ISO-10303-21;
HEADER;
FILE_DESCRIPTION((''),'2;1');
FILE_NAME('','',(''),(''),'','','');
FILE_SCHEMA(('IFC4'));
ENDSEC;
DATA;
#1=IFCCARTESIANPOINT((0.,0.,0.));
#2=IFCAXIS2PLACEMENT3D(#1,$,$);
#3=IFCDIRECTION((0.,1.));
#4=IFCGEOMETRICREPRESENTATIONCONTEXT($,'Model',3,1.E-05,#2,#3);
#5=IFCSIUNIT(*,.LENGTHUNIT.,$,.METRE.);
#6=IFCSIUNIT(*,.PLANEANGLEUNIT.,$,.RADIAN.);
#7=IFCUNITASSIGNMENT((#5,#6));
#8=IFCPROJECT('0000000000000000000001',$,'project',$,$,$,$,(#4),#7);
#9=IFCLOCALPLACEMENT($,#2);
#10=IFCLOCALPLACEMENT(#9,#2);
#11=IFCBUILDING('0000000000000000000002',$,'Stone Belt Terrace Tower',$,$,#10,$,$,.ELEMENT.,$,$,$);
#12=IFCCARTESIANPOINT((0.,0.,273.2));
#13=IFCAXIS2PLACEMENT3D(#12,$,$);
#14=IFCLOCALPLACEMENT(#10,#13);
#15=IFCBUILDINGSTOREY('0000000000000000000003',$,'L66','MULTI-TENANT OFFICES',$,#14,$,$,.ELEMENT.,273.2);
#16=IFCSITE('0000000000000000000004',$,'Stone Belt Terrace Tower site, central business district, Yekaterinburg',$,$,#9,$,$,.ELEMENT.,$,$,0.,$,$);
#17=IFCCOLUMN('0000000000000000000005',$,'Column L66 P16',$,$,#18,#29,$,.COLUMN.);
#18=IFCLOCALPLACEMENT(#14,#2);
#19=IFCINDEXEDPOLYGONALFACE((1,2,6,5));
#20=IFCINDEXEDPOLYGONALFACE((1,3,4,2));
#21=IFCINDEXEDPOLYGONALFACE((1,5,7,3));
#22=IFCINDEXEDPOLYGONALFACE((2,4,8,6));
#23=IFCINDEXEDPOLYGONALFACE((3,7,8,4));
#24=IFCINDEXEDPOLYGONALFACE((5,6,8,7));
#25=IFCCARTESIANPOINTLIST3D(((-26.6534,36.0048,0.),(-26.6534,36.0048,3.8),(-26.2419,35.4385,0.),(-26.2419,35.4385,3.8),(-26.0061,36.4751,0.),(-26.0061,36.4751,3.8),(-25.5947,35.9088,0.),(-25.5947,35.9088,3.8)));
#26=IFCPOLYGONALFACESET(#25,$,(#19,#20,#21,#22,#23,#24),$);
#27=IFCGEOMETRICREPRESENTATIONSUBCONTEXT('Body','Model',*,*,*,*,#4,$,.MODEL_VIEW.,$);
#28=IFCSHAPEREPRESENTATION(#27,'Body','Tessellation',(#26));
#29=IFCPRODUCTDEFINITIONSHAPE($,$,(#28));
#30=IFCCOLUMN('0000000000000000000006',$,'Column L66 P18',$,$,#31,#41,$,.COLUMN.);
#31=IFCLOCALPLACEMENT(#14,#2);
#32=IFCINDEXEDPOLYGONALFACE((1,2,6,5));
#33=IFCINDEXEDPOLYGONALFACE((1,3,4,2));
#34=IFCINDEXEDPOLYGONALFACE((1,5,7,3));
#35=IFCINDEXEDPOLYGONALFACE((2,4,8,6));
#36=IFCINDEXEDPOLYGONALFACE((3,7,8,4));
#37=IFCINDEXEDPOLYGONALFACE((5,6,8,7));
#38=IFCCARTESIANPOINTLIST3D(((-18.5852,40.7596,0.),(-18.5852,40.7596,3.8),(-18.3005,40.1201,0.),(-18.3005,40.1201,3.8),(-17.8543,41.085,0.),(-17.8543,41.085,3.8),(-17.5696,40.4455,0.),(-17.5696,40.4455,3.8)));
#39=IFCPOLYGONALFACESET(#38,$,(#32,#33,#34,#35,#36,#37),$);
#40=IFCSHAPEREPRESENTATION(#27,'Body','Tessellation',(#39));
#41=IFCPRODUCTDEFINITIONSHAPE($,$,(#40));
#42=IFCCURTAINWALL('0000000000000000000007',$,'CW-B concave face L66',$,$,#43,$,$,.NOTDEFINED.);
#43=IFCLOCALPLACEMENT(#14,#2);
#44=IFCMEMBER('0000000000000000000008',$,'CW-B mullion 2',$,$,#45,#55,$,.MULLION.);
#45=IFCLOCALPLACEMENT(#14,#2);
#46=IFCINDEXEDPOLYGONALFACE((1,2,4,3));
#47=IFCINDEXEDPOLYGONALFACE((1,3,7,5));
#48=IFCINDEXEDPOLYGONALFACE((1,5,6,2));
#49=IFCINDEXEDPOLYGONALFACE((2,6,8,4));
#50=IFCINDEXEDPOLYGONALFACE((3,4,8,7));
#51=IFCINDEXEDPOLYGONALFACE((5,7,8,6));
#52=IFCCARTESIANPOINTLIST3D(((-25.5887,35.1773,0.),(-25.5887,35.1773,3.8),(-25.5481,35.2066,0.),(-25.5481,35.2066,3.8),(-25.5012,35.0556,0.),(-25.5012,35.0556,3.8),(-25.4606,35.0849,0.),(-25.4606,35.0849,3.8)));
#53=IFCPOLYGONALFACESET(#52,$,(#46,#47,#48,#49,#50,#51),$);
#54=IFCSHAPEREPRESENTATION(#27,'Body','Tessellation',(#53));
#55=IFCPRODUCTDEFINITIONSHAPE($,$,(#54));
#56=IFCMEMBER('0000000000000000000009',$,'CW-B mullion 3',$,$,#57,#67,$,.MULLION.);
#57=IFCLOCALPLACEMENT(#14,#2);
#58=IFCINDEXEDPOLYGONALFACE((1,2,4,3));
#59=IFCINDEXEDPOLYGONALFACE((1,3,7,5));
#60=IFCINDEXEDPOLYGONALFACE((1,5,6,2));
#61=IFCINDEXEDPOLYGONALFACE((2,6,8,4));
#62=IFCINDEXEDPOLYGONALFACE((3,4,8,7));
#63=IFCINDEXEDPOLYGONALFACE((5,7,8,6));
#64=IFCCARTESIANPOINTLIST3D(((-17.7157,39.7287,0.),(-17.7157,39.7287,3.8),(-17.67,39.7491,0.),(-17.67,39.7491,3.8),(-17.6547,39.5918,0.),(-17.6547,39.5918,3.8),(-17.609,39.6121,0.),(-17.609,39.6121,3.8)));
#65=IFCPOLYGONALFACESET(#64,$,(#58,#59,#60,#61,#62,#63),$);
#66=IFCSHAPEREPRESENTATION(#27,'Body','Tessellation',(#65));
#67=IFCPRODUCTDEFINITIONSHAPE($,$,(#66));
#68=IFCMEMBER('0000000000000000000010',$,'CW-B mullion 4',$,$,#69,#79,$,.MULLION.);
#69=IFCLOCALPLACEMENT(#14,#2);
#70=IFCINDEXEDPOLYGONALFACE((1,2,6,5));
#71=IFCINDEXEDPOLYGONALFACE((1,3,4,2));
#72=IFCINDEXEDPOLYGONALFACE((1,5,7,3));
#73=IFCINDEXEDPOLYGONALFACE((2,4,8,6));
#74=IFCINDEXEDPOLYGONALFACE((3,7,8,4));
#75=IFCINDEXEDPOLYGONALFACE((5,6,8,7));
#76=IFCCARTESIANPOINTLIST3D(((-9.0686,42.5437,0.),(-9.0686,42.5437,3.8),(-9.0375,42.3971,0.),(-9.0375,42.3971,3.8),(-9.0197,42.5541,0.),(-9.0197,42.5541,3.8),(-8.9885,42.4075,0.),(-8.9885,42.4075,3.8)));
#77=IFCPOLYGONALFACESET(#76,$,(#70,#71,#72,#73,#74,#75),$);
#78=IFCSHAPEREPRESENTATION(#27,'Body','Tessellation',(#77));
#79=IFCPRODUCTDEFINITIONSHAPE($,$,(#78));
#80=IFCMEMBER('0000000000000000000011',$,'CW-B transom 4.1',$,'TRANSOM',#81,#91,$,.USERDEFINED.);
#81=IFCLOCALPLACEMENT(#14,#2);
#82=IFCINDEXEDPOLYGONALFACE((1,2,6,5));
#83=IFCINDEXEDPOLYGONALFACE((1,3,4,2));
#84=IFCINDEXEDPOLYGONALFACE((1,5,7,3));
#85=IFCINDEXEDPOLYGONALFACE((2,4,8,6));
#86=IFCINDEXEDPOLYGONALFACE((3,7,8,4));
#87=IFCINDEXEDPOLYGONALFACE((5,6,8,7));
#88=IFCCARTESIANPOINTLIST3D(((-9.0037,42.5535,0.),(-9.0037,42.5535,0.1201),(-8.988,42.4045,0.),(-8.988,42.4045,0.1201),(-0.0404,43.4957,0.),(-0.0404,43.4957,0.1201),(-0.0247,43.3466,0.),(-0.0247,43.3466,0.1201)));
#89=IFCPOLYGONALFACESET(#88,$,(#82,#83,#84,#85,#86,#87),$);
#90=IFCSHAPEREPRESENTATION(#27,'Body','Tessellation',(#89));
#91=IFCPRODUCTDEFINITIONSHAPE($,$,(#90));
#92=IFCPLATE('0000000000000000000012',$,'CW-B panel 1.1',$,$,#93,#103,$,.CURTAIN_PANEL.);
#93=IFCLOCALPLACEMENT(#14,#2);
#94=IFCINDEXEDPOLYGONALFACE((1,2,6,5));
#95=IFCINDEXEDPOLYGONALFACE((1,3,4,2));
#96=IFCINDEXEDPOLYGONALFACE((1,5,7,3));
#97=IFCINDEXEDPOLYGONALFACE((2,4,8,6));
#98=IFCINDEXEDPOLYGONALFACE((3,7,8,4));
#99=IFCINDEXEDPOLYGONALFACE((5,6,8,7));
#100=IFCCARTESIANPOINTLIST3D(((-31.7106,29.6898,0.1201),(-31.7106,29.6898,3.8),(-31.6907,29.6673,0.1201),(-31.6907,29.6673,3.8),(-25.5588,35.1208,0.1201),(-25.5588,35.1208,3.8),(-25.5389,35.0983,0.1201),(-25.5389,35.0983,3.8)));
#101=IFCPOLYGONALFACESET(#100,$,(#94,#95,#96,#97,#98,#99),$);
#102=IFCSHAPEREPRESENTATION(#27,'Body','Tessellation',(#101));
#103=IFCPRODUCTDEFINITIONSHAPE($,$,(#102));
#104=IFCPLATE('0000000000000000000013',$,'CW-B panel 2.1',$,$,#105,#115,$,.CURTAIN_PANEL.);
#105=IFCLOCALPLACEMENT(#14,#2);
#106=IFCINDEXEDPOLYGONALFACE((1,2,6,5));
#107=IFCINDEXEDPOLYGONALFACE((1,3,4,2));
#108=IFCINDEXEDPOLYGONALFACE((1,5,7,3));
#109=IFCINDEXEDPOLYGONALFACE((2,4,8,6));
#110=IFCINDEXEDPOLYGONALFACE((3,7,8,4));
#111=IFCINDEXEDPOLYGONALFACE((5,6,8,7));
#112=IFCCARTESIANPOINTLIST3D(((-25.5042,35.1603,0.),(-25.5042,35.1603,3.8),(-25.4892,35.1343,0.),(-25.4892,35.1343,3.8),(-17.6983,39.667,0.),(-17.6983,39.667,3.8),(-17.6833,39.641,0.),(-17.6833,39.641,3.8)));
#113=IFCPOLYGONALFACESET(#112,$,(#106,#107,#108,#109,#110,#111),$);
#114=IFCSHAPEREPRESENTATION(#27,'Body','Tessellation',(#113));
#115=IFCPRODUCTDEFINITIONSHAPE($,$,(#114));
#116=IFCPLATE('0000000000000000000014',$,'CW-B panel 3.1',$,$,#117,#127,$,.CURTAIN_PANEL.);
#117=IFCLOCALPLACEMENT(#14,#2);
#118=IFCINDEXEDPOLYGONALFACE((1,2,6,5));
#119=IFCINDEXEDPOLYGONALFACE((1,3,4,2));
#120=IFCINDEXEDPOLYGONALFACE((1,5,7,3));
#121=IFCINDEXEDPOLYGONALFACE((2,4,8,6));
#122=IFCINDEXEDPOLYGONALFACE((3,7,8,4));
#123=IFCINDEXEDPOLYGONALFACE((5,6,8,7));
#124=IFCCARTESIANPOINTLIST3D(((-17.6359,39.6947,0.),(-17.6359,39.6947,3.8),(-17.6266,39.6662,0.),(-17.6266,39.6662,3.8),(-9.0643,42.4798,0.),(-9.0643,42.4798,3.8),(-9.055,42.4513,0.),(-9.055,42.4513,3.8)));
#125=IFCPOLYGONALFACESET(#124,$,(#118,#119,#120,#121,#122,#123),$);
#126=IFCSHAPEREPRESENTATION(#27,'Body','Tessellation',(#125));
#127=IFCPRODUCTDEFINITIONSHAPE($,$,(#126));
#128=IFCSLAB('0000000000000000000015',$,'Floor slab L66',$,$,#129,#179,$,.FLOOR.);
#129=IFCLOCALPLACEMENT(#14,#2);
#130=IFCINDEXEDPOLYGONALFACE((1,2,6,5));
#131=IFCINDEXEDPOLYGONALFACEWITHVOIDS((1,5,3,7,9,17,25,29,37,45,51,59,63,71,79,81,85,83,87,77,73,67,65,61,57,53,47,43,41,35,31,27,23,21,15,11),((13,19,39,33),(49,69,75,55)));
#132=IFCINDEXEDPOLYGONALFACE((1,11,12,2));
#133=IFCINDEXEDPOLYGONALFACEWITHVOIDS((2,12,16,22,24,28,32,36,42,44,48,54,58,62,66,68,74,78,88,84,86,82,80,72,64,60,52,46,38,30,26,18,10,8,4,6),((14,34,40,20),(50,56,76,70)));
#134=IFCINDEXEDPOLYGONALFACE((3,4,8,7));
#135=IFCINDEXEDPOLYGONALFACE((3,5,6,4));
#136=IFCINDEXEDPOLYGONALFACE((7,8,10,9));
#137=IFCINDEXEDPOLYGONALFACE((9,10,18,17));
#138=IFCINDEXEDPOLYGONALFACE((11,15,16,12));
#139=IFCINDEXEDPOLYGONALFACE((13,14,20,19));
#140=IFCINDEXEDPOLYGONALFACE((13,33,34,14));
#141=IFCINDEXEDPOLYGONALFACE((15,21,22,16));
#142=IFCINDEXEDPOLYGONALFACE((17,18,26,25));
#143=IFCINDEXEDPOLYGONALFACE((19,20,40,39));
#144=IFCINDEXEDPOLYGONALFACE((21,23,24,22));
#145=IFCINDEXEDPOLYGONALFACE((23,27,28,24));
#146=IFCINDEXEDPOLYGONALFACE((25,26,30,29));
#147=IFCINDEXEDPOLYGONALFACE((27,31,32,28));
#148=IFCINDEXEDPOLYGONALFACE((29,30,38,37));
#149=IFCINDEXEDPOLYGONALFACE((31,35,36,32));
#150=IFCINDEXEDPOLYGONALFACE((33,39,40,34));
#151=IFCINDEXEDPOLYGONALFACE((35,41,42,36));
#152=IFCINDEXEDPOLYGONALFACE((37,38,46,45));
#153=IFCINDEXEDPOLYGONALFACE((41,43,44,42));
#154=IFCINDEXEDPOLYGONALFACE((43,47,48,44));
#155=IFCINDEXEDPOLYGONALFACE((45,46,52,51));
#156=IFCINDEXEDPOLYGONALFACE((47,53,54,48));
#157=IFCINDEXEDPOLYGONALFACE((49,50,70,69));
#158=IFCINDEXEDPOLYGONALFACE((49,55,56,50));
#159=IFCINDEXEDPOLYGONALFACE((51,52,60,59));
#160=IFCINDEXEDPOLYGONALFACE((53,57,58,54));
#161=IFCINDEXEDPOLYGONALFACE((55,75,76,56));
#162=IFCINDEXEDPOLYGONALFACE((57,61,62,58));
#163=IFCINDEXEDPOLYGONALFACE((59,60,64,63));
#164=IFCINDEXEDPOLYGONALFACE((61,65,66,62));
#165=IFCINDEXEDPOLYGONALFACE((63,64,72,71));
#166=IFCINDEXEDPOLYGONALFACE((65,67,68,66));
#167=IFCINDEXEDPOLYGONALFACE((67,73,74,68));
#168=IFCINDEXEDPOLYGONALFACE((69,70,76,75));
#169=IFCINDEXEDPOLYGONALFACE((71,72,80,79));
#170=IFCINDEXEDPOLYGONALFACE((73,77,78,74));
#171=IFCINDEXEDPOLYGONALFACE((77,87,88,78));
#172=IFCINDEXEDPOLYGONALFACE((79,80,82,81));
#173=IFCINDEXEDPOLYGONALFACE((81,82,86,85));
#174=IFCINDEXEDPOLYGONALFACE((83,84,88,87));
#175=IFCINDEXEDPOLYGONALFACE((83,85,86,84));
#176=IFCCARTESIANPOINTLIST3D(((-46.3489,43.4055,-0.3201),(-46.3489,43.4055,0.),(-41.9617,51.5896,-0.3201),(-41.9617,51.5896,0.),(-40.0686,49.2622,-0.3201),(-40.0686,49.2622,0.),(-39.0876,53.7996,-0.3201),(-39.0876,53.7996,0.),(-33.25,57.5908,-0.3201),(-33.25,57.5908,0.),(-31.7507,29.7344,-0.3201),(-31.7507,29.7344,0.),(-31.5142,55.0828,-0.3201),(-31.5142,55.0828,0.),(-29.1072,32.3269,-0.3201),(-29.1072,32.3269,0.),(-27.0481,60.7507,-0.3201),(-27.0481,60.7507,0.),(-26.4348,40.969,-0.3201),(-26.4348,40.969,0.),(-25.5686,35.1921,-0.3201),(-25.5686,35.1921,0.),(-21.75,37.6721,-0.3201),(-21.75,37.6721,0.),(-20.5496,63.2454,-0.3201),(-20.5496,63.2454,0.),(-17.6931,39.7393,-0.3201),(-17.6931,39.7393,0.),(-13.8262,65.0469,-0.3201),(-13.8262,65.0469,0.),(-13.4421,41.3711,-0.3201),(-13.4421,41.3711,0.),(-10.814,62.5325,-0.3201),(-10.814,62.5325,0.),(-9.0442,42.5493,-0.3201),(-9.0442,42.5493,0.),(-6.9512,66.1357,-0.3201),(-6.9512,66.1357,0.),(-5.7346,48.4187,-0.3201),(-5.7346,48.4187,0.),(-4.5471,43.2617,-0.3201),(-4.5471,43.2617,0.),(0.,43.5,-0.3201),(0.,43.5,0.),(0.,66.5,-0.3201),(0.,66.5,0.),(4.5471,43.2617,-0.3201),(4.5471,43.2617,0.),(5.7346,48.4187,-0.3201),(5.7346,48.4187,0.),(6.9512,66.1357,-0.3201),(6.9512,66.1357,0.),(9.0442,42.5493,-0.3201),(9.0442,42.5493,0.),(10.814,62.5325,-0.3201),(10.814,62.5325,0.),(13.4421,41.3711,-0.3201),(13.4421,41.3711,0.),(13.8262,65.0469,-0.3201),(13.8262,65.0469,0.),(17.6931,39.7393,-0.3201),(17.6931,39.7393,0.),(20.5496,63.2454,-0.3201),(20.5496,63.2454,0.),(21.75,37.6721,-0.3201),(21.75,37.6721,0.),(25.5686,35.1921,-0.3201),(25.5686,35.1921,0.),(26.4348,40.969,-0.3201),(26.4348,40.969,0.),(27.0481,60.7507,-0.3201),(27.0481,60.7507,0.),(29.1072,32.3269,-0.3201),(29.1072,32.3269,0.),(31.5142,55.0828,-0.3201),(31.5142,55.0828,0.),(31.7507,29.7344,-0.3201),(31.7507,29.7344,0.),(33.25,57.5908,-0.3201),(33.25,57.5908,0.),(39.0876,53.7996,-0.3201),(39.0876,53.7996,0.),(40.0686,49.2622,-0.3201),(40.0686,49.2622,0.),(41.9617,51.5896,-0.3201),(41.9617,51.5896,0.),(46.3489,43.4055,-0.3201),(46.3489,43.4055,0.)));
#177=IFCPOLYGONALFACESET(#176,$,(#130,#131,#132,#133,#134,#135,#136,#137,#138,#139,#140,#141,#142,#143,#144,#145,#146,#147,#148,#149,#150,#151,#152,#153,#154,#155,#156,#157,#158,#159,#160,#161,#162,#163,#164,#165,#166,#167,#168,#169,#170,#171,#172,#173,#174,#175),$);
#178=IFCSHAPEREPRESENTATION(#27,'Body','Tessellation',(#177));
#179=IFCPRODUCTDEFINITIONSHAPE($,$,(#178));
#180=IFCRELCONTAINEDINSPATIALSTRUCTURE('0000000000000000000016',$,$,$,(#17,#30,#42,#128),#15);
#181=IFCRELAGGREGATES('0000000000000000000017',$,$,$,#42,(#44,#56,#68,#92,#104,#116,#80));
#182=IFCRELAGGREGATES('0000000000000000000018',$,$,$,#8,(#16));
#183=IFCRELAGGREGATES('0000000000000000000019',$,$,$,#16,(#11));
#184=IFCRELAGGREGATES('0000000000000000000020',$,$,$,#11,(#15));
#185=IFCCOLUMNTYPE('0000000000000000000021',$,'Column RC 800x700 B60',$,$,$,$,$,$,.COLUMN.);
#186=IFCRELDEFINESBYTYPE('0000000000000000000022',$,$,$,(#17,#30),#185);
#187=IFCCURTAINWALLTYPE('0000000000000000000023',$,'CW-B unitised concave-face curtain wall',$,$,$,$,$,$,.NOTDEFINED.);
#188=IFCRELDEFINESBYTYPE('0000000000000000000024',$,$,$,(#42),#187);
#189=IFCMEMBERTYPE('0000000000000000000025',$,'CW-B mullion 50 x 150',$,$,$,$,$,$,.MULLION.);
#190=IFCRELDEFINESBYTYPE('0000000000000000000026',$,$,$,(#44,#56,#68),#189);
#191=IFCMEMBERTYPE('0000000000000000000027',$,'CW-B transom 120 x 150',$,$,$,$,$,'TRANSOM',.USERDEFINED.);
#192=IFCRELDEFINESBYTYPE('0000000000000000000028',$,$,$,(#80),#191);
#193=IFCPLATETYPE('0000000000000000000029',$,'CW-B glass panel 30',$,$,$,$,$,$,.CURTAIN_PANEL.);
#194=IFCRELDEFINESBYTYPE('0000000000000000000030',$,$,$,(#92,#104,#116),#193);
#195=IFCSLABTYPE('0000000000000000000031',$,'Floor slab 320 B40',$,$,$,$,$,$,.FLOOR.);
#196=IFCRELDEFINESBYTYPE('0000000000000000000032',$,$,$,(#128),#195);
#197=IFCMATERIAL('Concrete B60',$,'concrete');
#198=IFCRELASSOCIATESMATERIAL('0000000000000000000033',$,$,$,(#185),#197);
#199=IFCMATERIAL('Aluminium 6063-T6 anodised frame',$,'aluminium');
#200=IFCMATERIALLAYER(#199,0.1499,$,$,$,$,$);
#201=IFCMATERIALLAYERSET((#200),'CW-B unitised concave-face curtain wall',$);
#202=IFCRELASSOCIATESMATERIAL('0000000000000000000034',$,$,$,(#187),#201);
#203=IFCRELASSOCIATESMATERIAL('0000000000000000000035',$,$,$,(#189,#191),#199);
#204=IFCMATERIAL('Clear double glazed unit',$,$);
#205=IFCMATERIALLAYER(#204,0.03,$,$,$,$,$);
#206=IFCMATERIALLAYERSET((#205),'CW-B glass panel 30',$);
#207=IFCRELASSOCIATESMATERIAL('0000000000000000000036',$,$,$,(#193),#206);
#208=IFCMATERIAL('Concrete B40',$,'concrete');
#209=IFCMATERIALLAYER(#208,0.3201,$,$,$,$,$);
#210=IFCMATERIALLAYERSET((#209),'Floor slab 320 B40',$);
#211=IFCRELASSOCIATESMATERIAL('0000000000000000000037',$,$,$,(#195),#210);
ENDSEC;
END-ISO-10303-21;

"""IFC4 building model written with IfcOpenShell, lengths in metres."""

from ifc_helpers import new_model, si_unit, direction, frame, origin, origin_2d, place, context, subcontext, project, spatial, polyline, rectangle, outline, extrude, material, layer, layer_set, material_profile, profile_set, type_object, element, aggregate, save


model = new_model("IFC4")

# Units and contexts
model_context = context("Model", 3, precision=1e-05, world=origin(), true_north=direction((0.0, 1.0)))
body_context = subcontext(model_context, "Body", "Model", "MODEL_VIEW")
ifc_project = project(units=[si_unit("LENGTHUNIT", "METRE"), si_unit("PLANEANGLEUNIT", "RADIAN")], contexts=[model_context])

# Site, building, storey
site_placement = place(None, origin())
site = spatial("IfcSite", under=ifc_project, at=site_placement, Name="Stone Belt Terrace Tower site, central business district, Yekaterinburg", CompositionType="ELEMENT", RefElevation=0.0)
building_placement = place(site_placement, origin())
building = spatial("IfcBuilding", under=site, at=building_placement, Name="Stone Belt Terrace Tower", CompositionType="ELEMENT")
storey_placement = place(building_placement, frame((0.0, 0.0, 273.2)))
storey = spatial("IfcBuildingStorey", under=building, at=storey_placement, Name="L66", Description="MULTI-TENANT OFFICES", CompositionType="ELEMENT", Elevation=273.2)

# Columns
ifc_material_1 = material(Name="Concrete B60", Category="concrete")
ifc_material_profile_1 = material_profile(ifc_material_1, rectangle(XDim=0.8, YDim=0.7, at=origin_2d()), Name="RC 800x700")
ifc_profile_set_1 = profile_set([ifc_material_profile_1], Name="Concrete B60")
column_type = type_object("IfcColumnType", Name="Column RC 800x700 B60", PredefinedType="COLUMN", material=ifc_profile_set_1)
for number, where, z_axis, x_axis, name in (
    (1, (-26.124, 35.9568, 0.0), (0.0, 0.0, 1.0), (0.809017, 0.587785, 0.0), "Column L66 P16"),
    (2, (-18.0774, 40.6025, 0.0), (0.0, 0.0, 1.0), (0.913545, 0.406737, 0.0), "Column L66 P18"),
):
    element("IfcColumn", number, at=place(storey_placement, frame(where, z_axis=z_axis, x_axis=x_axis)), inside=storey, type_object=column_type, Name=name, PredefinedType="COLUMN", context=body_context, shape_type="SweptSolid", body=[
        extrude(rectangle(XDim=0.8, YDim=0.7, at=origin_2d()), origin(), (0.0, 0.0, 1.0), 3.8),
    ])

# Curtain wall, members, plates
ifc_material_2 = material(Name="Aluminium 6063-T6 anodised frame", Category="aluminium")
ifc_layer_1 = layer(ifc_material_2, 0.1499)
ifc_layer_set_1 = layer_set([ifc_layer_1], Name="CW-B unitised concave-face curtain wall")
curtain_wall_type = type_object("IfcCurtainWallType", Name="CW-B unitised concave-face curtain wall", PredefinedType="NOTDEFINED", material=ifc_layer_set_1)
curtain_wall_placement = place(storey_placement, origin())
curtain_wall = element("IfcCurtainWall", 3, at=curtain_wall_placement, inside=storey, type_object=curtain_wall_type, Name="CW-B concave face L66", PredefinedType="NOTDEFINED")
ifc_material_profile_2 = material_profile(ifc_material_2, rectangle(XDim=0.1499, YDim=0.05, at=origin_2d()), Name="Aluminium 6063-T6 50x150")
ifc_profile_set_2 = profile_set([ifc_material_profile_2], Name="Aluminium 6063-T6 anodised frame")
member_type_1 = type_object("IfcMemberType", Name="CW-B mullion 50 x 150", PredefinedType="MULLION", material=ifc_profile_set_2)
member_1_placement = place(storey_placement, frame((-25.5247, 35.1311, 0.0), z_axis=(0.0, 0.0, 1.0), x_axis=(-0.583819, 0.811884, 0.0)))
member_1 = element("IfcMember", 4, at=member_1_placement, type_object=member_type_1, Name="CW-B mullion 2", PredefinedType="MULLION", context=body_context, shape_type="SweptSolid", body=[
    extrude(rectangle(XDim=0.1499, YDim=0.05, at=origin_2d()), origin(), (0.0, 0.0, 1.0), 3.8),
])
member_2_placement = place(storey_placement, frame((-17.6624, 39.6704, 0.0), z_axis=(0.0, 0.0, 1.0), x_axis=(-0.406737, 0.913545, 0.0)))
member_2 = element("IfcMember", 5, at=member_2_placement, type_object=member_type_1, Name="CW-B mullion 3", PredefinedType="MULLION", context=body_context, shape_type="SweptSolid", body=[
    extrude(rectangle(XDim=0.1499, YDim=0.05, at=origin_2d()), origin(), (0.0, 0.0, 1.0), 3.8),
])
member_3_placement = place(storey_placement, frame((-9.0286, 42.4756, 0.0), z_axis=(0.0, 0.0, 1.0), x_axis=(-0.207912, 0.978148, 0.0)))
member_3 = element("IfcMember", 6, at=member_3_placement, type_object=member_type_1, Name="CW-B mullion 4", PredefinedType="MULLION", context=body_context, shape_type="SweptSolid", body=[
    extrude(rectangle(XDim=0.1499, YDim=0.05, at=origin_2d()), origin(), (0.0, 0.0, 1.0), 3.8),
])
ifc_material_profile_3 = material_profile(ifc_material_2, rectangle(XDim=0.1499, YDim=0.1201, at=origin_2d()), Name="Aluminium 6063-T6 150x120")
ifc_profile_set_3 = profile_set([ifc_material_profile_3], Name="Aluminium 6063-T6 anodised frame")
member_type_2 = type_object("IfcMemberType", Name="CW-B transom 120 x 150", ElementType="TRANSOM", PredefinedType="USERDEFINED", material=ifc_profile_set_3)
member_4_placement = place(storey_placement, frame((-8.9958, 42.479, 0.0601), z_axis=(0.994521, 0.104534, 0.0), x_axis=(-0.104534, 0.994521, 0.0)))
member_4 = element("IfcMember", 7, at=member_4_placement, type_object=member_type_2, Name="CW-B transom 4.1", ObjectType="TRANSOM", PredefinedType="USERDEFINED", context=body_context, shape_type="SweptSolid", body=[
    extrude(rectangle(XDim=0.1499, YDim=0.1201, at=origin_2d()), origin(), (0.0, 0.0, 1.0), 9.0127),
])
ifc_material_3 = material(Name="Clear double glazed unit")
ifc_layer_2 = layer(ifc_material_3, 0.03)
ifc_layer_set_2 = layer_set([ifc_layer_2], Name="CW-B glass panel 30")
plate_type = type_object("IfcPlateType", Name="CW-B glass panel 30", PredefinedType="CURTAIN_PANEL", material=ifc_layer_set_2)
plate_1_placement = place(storey_placement, frame((-28.6248, 32.394, 0.1201), z_axis=(0.0, 0.0, 1.0), x_axis=(0.749659, 0.661825, 0.0)))
plate_1 = element("IfcPlate", 8, at=plate_1_placement, type_object=plate_type, Name="CW-B panel 1.1", PredefinedType="CURTAIN_PANEL", context=body_context, shape_type="SweptSolid", body=[
    extrude(rectangle(XDim=8.2061, YDim=0.03, at=origin_2d()), origin(), (0.0, 0.0, 1.0), 3.6799),
])
plate_2_placement = place(storey_placement, frame((-21.5938, 37.4006, 0.0), z_axis=(0.0, 0.0, 1.0), x_axis=(0.866025, 0.5, 0.0)))
plate_2 = element("IfcPlate", 9, at=plate_2_placement, type_object=plate_type, Name="CW-B panel 2.1", PredefinedType="CURTAIN_PANEL", context=body_context, shape_type="SweptSolid", body=[
    extrude(rectangle(XDim=9.0134, YDim=0.03, at=origin_2d()), origin(), (0.0, 0.0, 1.0), 3.8),
])
plate_3_placement = place(storey_placement, frame((-13.3455, 41.073, 0.0), z_axis=(0.0, 0.0, 1.0), x_axis=(0.951057, 0.309017, 0.0)))
plate_3 = element("IfcPlate", 10, at=plate_3_placement, type_object=plate_type, Name="CW-B panel 3.1", PredefinedType="CURTAIN_PANEL", context=body_context, shape_type="SweptSolid", body=[
    extrude(rectangle(XDim=9.0127, YDim=0.03, at=origin_2d()), origin(), (0.0, 0.0, 1.0), 3.8),
])
aggregate(curtain_wall, [member_1, member_2, member_3, plate_1, plate_2, plate_3, member_4])

# Slab
ifc_material_4 = material(Name="Concrete B40", Category="concrete")
ifc_layer_3 = layer(ifc_material_4, 0.3201)
ifc_layer_set_3 = layer_set([ifc_layer_3], Name="Floor slab 320 B40")
slab_type_1 = type_object("IfcSlabType", Name="Floor slab 320 B40", PredefinedType="FLOOR", material=ifc_layer_set_3)
slab_1_placement = place(storey_placement, frame((0.0, 0.0, -0.3201)))
element("IfcSlab", 11, at=slab_1_placement, inside=storey, type_object=slab_type_1, Name="Floor slab L66", PredefinedType="FLOOR", context=body_context, shape_type="SweptSolid", body=[
    extrude(outline(polyline([(-40.0686, 49.2622), (-41.9617, 51.5896), (-39.0876, 53.7996), (-33.25, 57.5908), (-27.0481, 60.7507), (-20.5496, 63.2454), (-13.8262, 65.0469), (-6.9512, 66.1357), (0.0, 66.5), (6.9512, 66.1357), (13.8262, 65.0469), (20.5496, 63.2454), (27.0481, 60.7507), (33.25, 57.5908), (39.0876, 53.7996), (41.9617, 51.5896), (40.0686, 49.2622), (46.3489, 43.4055), (31.7507, 29.7344), (29.1072, 32.3269), (25.5686, 35.1921), (21.75, 37.6721), (17.6931, 39.7393), (13.4421, 41.3711), (9.0442, 42.5493), (4.5471, 43.2617), (0.0, 43.5), (-4.5471, 43.2617), (-9.0442, 42.5493), (-13.4421, 41.3711), (-17.6931, 39.7393), (-21.75, 37.6721), (-25.5686, 35.1921), (-29.1072, 32.3269), (-31.7507, 29.7344), (-46.3489, 43.4055), (-40.0686, 49.2622)]), holes=[polyline([(-10.814, 62.5325), (-31.5142, 55.0828), (-26.4348, 40.969), (-5.7346, 48.4187), (-10.814, 62.5325)]), polyline([(26.4348, 40.969), (31.5142, 55.0828), (10.814, 62.5325), (5.7346, 48.4187), (26.4348, 40.969)])]), origin(), (0.0, 0.0, 1.0), 0.3201),
])

save(model, "model.ifc")
